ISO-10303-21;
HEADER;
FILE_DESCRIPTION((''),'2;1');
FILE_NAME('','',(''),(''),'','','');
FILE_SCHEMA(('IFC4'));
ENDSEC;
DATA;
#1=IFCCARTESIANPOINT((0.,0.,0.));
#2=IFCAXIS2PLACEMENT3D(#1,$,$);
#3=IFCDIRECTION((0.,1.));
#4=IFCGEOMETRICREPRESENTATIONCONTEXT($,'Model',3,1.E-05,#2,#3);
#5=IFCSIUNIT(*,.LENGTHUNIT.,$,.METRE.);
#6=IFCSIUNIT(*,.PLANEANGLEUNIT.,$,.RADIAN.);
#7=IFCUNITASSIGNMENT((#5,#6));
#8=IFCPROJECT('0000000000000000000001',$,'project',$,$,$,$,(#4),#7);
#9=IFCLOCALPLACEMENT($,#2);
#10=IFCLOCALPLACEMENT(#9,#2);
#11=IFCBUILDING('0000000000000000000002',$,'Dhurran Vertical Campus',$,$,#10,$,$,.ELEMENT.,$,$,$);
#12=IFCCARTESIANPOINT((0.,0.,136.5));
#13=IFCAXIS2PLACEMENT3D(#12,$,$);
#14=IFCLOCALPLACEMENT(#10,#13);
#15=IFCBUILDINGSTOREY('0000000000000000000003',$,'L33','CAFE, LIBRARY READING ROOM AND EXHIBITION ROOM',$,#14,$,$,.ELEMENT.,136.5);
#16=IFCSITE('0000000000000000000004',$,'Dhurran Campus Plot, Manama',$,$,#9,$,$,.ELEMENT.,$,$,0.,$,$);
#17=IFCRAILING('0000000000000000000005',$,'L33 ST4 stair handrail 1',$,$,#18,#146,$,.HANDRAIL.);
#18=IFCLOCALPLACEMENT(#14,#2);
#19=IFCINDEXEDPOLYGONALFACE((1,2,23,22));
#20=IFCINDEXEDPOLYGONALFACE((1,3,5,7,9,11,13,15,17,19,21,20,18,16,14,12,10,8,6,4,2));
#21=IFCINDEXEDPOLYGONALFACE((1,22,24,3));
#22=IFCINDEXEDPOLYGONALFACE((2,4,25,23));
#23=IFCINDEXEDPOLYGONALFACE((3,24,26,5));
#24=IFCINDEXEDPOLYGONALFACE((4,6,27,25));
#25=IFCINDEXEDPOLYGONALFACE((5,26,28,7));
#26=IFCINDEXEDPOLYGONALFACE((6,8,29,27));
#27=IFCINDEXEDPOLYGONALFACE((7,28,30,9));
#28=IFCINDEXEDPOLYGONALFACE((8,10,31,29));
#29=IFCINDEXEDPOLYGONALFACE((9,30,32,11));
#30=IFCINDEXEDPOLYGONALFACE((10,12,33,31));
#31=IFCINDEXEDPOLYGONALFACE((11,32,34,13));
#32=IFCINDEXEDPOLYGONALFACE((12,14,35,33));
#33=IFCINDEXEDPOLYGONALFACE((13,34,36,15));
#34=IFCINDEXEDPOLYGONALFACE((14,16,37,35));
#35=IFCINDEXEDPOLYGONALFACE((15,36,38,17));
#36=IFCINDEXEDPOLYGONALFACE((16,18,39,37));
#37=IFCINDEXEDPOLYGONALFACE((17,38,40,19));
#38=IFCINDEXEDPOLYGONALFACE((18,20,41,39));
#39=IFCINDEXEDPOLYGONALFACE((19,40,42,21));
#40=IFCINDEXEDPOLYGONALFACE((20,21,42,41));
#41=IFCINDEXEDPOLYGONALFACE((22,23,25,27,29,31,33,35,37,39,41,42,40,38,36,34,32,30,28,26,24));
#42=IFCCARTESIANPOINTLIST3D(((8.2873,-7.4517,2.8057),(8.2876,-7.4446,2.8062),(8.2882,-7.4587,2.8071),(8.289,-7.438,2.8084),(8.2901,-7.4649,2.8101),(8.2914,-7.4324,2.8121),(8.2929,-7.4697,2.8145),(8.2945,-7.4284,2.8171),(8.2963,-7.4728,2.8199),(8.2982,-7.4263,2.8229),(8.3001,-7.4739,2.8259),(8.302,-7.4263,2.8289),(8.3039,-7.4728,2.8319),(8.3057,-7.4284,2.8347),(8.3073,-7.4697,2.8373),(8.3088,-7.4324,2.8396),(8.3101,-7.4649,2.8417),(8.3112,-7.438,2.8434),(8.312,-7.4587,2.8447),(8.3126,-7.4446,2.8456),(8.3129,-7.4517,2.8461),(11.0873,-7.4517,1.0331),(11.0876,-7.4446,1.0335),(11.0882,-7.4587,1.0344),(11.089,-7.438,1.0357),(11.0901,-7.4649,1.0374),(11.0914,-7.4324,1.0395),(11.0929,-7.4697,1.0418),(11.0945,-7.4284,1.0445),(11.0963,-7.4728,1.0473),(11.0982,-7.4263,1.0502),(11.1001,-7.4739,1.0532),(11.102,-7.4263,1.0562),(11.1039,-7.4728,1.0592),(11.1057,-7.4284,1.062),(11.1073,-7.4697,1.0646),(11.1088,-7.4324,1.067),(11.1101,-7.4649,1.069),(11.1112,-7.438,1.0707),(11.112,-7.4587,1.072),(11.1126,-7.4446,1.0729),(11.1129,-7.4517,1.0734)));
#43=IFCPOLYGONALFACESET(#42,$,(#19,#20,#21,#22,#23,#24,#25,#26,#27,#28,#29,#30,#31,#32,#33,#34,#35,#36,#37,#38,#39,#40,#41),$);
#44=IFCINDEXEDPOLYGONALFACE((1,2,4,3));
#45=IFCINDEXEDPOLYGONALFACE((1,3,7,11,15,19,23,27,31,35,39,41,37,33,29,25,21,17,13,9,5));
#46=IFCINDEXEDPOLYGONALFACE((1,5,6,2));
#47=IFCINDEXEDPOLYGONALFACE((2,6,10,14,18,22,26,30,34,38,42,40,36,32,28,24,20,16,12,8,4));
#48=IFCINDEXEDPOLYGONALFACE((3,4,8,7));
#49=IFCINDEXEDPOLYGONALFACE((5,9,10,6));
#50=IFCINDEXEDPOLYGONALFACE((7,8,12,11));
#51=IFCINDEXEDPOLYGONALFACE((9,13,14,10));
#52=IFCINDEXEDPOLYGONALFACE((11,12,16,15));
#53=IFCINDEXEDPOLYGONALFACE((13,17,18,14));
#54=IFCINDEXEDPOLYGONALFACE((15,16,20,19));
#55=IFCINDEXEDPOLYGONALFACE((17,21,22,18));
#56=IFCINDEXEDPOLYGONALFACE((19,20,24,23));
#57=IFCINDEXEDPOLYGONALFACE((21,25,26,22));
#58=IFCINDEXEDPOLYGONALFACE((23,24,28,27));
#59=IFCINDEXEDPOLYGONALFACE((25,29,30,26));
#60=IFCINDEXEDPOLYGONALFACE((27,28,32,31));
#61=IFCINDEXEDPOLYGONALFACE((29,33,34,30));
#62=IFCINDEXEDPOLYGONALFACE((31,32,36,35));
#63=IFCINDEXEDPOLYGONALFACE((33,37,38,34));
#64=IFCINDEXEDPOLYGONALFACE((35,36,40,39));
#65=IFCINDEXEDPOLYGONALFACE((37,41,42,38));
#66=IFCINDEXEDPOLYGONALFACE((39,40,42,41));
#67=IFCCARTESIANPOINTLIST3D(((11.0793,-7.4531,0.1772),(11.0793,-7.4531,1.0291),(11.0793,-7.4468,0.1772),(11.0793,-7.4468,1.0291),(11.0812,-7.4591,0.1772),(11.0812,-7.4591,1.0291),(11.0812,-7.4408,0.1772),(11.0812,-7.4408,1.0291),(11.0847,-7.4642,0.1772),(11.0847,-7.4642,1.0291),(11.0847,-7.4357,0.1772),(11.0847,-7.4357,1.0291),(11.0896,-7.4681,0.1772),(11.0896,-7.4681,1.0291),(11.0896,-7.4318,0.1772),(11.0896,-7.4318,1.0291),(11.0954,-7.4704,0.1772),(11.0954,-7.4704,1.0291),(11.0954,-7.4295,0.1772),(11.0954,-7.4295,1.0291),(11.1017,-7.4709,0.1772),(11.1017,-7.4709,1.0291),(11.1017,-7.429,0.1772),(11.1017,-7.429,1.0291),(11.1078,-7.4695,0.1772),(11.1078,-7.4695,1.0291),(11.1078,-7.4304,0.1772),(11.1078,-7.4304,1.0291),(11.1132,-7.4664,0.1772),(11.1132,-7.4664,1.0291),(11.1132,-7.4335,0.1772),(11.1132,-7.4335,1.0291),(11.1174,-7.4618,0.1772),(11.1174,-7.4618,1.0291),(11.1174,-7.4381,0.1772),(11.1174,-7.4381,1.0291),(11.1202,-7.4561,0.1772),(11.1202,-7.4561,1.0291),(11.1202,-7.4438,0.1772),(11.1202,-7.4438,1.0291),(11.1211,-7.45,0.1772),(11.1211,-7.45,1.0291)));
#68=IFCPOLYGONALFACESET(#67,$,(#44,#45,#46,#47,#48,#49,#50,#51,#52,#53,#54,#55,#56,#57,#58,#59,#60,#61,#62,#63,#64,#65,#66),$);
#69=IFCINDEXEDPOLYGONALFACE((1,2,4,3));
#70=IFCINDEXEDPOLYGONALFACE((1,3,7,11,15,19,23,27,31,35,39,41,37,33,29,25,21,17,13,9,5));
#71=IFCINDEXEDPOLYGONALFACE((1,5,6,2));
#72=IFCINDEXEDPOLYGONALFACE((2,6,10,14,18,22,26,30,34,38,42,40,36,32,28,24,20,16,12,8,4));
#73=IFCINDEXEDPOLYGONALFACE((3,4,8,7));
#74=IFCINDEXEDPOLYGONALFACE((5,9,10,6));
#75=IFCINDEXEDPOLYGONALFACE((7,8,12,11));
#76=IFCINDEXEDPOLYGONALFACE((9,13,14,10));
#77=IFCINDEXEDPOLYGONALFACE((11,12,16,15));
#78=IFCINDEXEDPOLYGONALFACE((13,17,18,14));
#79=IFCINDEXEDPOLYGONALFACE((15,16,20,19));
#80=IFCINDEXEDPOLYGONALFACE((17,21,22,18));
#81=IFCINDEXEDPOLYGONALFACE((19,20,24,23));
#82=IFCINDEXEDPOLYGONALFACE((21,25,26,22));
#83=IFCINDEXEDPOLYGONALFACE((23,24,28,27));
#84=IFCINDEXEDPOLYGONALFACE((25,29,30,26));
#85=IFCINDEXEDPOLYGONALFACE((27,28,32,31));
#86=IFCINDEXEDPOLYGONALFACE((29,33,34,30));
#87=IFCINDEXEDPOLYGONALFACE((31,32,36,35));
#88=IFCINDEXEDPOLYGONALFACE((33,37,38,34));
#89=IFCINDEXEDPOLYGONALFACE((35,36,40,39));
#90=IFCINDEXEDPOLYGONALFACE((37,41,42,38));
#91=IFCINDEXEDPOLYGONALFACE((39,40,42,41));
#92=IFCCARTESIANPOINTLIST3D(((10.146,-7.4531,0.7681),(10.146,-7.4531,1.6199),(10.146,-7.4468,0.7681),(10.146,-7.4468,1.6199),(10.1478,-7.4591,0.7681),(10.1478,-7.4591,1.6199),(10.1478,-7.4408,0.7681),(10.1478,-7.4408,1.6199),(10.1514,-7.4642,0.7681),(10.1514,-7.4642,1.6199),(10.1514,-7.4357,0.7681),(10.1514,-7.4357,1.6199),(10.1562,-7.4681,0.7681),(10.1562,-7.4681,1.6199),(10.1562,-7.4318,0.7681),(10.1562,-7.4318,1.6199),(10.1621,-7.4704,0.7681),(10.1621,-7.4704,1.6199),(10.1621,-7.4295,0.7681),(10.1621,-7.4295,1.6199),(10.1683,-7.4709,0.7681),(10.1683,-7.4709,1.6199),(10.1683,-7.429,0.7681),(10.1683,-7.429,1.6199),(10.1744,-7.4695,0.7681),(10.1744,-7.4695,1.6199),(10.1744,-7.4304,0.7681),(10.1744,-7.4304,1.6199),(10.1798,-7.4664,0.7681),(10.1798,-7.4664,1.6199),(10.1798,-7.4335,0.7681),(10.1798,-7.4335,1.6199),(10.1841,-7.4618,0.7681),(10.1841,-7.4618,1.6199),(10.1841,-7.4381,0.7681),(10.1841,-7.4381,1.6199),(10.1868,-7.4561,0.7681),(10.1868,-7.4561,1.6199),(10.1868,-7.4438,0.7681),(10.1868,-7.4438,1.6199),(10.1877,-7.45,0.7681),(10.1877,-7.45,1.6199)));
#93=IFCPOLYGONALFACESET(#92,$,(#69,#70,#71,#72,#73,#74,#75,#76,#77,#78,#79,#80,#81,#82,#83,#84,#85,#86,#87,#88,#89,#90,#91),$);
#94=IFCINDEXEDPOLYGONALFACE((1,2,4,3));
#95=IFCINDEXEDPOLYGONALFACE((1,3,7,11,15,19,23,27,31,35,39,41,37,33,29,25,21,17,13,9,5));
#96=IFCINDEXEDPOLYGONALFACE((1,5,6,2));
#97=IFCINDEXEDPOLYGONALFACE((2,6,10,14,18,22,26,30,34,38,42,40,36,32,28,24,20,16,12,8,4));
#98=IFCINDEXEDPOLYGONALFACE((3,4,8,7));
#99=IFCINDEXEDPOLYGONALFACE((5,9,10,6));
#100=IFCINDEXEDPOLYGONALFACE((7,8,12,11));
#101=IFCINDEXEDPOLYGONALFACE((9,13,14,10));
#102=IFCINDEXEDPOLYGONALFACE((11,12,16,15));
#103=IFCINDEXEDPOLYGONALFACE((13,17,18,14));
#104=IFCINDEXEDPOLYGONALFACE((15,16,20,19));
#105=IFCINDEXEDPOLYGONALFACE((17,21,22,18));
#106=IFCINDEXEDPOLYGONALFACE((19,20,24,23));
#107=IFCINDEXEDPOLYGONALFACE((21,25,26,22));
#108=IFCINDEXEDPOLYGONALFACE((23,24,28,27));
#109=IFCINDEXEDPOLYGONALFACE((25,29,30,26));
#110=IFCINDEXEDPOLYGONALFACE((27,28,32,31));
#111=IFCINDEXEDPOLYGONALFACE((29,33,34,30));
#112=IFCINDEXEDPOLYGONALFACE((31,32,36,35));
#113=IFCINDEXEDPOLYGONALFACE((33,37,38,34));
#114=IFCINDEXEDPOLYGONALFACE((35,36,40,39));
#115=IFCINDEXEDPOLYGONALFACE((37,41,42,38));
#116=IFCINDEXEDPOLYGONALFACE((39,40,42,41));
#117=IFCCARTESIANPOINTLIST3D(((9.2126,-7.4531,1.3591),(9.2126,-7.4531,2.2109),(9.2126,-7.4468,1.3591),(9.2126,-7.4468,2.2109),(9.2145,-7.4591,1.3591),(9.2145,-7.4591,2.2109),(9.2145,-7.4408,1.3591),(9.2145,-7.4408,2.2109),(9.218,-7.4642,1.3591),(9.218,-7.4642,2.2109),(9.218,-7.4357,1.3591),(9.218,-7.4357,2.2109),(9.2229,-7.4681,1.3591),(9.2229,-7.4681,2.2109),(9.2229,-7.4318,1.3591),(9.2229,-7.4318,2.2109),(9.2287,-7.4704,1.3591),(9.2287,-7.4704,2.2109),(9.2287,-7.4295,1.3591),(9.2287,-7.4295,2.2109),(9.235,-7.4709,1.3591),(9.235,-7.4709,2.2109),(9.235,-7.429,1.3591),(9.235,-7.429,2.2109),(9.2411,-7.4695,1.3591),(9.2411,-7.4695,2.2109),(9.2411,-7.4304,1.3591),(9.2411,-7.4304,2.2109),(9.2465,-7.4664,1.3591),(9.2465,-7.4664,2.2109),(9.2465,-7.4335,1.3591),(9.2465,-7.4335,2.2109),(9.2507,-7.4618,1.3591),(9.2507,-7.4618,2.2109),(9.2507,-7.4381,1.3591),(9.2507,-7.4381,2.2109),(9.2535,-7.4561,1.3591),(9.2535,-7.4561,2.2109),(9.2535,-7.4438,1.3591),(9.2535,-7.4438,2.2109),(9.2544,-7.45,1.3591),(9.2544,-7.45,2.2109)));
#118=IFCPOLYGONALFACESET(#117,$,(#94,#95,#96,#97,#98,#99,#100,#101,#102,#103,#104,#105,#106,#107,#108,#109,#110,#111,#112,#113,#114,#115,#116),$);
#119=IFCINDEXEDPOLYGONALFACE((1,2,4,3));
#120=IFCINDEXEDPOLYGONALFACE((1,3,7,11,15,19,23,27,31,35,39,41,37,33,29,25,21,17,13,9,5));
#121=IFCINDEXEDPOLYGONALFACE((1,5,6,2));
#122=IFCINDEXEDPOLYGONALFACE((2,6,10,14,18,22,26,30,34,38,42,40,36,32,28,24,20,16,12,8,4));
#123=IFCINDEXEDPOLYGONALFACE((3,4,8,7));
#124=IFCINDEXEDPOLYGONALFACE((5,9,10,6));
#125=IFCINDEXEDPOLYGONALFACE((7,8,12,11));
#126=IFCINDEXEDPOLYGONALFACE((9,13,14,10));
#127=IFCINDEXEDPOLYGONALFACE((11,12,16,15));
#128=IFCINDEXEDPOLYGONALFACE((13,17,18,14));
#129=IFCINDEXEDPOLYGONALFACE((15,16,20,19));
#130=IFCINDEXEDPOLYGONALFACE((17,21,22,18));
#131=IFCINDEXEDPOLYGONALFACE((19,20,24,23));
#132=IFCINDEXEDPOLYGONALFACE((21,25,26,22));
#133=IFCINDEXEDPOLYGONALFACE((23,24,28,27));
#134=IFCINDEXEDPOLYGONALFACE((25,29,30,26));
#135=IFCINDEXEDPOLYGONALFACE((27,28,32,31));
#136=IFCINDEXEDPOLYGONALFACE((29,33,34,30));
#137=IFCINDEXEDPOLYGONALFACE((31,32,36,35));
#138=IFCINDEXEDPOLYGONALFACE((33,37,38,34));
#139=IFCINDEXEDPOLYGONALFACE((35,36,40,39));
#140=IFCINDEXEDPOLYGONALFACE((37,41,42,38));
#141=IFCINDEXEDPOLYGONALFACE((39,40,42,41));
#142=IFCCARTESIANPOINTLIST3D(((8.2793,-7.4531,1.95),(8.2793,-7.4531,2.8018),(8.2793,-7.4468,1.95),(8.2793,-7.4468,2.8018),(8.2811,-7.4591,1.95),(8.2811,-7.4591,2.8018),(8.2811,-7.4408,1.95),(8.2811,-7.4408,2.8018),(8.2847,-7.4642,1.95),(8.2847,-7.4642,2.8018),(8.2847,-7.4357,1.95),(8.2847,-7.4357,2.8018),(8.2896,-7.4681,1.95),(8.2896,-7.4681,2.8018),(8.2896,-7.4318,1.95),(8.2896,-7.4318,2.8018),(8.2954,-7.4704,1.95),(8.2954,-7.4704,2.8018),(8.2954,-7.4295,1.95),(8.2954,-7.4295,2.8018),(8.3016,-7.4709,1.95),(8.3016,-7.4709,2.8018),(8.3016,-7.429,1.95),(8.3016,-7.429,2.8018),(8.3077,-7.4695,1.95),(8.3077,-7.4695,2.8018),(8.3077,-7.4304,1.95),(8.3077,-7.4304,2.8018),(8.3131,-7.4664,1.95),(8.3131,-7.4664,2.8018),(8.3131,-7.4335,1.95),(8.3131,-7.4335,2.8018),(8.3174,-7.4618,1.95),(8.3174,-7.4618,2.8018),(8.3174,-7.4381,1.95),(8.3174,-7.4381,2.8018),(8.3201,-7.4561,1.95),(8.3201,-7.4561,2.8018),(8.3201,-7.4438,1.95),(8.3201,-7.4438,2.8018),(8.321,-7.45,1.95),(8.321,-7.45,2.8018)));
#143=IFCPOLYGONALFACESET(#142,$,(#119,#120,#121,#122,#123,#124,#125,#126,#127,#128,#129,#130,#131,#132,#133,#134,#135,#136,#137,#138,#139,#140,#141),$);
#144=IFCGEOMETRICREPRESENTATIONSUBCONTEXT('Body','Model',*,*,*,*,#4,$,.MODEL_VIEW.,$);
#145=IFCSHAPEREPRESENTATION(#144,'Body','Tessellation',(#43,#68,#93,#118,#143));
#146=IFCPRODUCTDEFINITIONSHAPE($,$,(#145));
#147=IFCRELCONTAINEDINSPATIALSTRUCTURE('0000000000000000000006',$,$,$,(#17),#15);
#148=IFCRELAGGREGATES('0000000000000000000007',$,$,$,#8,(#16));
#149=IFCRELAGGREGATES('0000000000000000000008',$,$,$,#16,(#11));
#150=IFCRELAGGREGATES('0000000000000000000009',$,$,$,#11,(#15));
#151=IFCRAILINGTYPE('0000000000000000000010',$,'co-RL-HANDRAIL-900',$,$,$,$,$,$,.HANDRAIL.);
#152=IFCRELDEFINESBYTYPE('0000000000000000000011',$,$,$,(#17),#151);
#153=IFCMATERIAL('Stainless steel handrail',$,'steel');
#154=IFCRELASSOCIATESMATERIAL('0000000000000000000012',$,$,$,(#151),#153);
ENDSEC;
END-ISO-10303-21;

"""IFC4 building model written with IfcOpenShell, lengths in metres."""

from ifc_helpers import new_model, si_unit, direction, frame, origin, origin_2d, place, context, subcontext, project, spatial, circle, extrude, material, type_object, element, save


model = new_model("IFC4")

# Units and contexts
model_context = context("Model", 3, precision=1e-05, world=origin(), true_north=direction((0.0, 1.0)))
body_context = subcontext(model_context, "Body", "Model", "MODEL_VIEW")
ifc_project = project(units=[si_unit("LENGTHUNIT", "METRE"), si_unit("PLANEANGLEUNIT", "RADIAN")], contexts=[model_context])

# Site, building, storey
site_placement = place(None, origin())
site = spatial("IfcSite", under=ifc_project, at=site_placement, Name="Dhurran Campus Plot, Manama", CompositionType="ELEMENT", RefElevation=0.0)
building_placement = place(site_placement, origin())
building = spatial("IfcBuilding", under=site, at=building_placement, Name="Dhurran Vertical Campus", CompositionType="ELEMENT")
storey_placement = place(building_placement, frame((0.0, 0.0, 136.5)))
storey = spatial("IfcBuildingStorey", under=building, at=storey_placement, Name="L33", Description="CAFE, LIBRARY READING ROOM AND EXHIBITION ROOM", CompositionType="ELEMENT", Elevation=136.5)

# Railing
ifc_material_1 = material(Name="Stainless steel handrail", Category="steel")
railing_type_1 = type_object("IfcRailingType", Name="co-RL-HANDRAIL-900", PredefinedType="HANDRAIL", material=ifc_material_1)
railing_1_placement = place(storey_placement, frame((11.1001, -7.45, 0.1772)))
element("IfcRailing", 1, at=railing_1_placement, inside=storey, type_object=railing_type_1, Name="L33 ST4 stair handrail 1", PredefinedType="HANDRAIL", context=body_context, shape_type="SweptSolid", body=[
    extrude(circle(Radius=0.0239, at=origin_2d()), frame((0.0, 0.0, 0.876), z_axis=(-0.844909, 0.0, 0.53491), x_axis=(0.0, -1.0, 0.0)), (0.0, 0.0, 1.0), 3.314),
    extrude(circle(Radius=0.021, at=origin_2d()), origin(), (0.0, 0.0, 1.0), 0.8518),
    extrude(circle(Radius=0.021, at=origin_2d()), frame((-0.9333, 0.0, 0.5908)), (0.0, 0.0, 1.0), 0.8518),
    extrude(circle(Radius=0.021, at=origin_2d()), frame((-1.8667, 0.0, 1.1819)), (0.0, 0.0, 1.0), 0.8518),
    extrude(circle(Radius=0.021, at=origin_2d()), frame((-2.8, 0.0, 1.7727)), (0.0, 0.0, 1.0), 0.8518),
])

save(model, "model.ifc")
